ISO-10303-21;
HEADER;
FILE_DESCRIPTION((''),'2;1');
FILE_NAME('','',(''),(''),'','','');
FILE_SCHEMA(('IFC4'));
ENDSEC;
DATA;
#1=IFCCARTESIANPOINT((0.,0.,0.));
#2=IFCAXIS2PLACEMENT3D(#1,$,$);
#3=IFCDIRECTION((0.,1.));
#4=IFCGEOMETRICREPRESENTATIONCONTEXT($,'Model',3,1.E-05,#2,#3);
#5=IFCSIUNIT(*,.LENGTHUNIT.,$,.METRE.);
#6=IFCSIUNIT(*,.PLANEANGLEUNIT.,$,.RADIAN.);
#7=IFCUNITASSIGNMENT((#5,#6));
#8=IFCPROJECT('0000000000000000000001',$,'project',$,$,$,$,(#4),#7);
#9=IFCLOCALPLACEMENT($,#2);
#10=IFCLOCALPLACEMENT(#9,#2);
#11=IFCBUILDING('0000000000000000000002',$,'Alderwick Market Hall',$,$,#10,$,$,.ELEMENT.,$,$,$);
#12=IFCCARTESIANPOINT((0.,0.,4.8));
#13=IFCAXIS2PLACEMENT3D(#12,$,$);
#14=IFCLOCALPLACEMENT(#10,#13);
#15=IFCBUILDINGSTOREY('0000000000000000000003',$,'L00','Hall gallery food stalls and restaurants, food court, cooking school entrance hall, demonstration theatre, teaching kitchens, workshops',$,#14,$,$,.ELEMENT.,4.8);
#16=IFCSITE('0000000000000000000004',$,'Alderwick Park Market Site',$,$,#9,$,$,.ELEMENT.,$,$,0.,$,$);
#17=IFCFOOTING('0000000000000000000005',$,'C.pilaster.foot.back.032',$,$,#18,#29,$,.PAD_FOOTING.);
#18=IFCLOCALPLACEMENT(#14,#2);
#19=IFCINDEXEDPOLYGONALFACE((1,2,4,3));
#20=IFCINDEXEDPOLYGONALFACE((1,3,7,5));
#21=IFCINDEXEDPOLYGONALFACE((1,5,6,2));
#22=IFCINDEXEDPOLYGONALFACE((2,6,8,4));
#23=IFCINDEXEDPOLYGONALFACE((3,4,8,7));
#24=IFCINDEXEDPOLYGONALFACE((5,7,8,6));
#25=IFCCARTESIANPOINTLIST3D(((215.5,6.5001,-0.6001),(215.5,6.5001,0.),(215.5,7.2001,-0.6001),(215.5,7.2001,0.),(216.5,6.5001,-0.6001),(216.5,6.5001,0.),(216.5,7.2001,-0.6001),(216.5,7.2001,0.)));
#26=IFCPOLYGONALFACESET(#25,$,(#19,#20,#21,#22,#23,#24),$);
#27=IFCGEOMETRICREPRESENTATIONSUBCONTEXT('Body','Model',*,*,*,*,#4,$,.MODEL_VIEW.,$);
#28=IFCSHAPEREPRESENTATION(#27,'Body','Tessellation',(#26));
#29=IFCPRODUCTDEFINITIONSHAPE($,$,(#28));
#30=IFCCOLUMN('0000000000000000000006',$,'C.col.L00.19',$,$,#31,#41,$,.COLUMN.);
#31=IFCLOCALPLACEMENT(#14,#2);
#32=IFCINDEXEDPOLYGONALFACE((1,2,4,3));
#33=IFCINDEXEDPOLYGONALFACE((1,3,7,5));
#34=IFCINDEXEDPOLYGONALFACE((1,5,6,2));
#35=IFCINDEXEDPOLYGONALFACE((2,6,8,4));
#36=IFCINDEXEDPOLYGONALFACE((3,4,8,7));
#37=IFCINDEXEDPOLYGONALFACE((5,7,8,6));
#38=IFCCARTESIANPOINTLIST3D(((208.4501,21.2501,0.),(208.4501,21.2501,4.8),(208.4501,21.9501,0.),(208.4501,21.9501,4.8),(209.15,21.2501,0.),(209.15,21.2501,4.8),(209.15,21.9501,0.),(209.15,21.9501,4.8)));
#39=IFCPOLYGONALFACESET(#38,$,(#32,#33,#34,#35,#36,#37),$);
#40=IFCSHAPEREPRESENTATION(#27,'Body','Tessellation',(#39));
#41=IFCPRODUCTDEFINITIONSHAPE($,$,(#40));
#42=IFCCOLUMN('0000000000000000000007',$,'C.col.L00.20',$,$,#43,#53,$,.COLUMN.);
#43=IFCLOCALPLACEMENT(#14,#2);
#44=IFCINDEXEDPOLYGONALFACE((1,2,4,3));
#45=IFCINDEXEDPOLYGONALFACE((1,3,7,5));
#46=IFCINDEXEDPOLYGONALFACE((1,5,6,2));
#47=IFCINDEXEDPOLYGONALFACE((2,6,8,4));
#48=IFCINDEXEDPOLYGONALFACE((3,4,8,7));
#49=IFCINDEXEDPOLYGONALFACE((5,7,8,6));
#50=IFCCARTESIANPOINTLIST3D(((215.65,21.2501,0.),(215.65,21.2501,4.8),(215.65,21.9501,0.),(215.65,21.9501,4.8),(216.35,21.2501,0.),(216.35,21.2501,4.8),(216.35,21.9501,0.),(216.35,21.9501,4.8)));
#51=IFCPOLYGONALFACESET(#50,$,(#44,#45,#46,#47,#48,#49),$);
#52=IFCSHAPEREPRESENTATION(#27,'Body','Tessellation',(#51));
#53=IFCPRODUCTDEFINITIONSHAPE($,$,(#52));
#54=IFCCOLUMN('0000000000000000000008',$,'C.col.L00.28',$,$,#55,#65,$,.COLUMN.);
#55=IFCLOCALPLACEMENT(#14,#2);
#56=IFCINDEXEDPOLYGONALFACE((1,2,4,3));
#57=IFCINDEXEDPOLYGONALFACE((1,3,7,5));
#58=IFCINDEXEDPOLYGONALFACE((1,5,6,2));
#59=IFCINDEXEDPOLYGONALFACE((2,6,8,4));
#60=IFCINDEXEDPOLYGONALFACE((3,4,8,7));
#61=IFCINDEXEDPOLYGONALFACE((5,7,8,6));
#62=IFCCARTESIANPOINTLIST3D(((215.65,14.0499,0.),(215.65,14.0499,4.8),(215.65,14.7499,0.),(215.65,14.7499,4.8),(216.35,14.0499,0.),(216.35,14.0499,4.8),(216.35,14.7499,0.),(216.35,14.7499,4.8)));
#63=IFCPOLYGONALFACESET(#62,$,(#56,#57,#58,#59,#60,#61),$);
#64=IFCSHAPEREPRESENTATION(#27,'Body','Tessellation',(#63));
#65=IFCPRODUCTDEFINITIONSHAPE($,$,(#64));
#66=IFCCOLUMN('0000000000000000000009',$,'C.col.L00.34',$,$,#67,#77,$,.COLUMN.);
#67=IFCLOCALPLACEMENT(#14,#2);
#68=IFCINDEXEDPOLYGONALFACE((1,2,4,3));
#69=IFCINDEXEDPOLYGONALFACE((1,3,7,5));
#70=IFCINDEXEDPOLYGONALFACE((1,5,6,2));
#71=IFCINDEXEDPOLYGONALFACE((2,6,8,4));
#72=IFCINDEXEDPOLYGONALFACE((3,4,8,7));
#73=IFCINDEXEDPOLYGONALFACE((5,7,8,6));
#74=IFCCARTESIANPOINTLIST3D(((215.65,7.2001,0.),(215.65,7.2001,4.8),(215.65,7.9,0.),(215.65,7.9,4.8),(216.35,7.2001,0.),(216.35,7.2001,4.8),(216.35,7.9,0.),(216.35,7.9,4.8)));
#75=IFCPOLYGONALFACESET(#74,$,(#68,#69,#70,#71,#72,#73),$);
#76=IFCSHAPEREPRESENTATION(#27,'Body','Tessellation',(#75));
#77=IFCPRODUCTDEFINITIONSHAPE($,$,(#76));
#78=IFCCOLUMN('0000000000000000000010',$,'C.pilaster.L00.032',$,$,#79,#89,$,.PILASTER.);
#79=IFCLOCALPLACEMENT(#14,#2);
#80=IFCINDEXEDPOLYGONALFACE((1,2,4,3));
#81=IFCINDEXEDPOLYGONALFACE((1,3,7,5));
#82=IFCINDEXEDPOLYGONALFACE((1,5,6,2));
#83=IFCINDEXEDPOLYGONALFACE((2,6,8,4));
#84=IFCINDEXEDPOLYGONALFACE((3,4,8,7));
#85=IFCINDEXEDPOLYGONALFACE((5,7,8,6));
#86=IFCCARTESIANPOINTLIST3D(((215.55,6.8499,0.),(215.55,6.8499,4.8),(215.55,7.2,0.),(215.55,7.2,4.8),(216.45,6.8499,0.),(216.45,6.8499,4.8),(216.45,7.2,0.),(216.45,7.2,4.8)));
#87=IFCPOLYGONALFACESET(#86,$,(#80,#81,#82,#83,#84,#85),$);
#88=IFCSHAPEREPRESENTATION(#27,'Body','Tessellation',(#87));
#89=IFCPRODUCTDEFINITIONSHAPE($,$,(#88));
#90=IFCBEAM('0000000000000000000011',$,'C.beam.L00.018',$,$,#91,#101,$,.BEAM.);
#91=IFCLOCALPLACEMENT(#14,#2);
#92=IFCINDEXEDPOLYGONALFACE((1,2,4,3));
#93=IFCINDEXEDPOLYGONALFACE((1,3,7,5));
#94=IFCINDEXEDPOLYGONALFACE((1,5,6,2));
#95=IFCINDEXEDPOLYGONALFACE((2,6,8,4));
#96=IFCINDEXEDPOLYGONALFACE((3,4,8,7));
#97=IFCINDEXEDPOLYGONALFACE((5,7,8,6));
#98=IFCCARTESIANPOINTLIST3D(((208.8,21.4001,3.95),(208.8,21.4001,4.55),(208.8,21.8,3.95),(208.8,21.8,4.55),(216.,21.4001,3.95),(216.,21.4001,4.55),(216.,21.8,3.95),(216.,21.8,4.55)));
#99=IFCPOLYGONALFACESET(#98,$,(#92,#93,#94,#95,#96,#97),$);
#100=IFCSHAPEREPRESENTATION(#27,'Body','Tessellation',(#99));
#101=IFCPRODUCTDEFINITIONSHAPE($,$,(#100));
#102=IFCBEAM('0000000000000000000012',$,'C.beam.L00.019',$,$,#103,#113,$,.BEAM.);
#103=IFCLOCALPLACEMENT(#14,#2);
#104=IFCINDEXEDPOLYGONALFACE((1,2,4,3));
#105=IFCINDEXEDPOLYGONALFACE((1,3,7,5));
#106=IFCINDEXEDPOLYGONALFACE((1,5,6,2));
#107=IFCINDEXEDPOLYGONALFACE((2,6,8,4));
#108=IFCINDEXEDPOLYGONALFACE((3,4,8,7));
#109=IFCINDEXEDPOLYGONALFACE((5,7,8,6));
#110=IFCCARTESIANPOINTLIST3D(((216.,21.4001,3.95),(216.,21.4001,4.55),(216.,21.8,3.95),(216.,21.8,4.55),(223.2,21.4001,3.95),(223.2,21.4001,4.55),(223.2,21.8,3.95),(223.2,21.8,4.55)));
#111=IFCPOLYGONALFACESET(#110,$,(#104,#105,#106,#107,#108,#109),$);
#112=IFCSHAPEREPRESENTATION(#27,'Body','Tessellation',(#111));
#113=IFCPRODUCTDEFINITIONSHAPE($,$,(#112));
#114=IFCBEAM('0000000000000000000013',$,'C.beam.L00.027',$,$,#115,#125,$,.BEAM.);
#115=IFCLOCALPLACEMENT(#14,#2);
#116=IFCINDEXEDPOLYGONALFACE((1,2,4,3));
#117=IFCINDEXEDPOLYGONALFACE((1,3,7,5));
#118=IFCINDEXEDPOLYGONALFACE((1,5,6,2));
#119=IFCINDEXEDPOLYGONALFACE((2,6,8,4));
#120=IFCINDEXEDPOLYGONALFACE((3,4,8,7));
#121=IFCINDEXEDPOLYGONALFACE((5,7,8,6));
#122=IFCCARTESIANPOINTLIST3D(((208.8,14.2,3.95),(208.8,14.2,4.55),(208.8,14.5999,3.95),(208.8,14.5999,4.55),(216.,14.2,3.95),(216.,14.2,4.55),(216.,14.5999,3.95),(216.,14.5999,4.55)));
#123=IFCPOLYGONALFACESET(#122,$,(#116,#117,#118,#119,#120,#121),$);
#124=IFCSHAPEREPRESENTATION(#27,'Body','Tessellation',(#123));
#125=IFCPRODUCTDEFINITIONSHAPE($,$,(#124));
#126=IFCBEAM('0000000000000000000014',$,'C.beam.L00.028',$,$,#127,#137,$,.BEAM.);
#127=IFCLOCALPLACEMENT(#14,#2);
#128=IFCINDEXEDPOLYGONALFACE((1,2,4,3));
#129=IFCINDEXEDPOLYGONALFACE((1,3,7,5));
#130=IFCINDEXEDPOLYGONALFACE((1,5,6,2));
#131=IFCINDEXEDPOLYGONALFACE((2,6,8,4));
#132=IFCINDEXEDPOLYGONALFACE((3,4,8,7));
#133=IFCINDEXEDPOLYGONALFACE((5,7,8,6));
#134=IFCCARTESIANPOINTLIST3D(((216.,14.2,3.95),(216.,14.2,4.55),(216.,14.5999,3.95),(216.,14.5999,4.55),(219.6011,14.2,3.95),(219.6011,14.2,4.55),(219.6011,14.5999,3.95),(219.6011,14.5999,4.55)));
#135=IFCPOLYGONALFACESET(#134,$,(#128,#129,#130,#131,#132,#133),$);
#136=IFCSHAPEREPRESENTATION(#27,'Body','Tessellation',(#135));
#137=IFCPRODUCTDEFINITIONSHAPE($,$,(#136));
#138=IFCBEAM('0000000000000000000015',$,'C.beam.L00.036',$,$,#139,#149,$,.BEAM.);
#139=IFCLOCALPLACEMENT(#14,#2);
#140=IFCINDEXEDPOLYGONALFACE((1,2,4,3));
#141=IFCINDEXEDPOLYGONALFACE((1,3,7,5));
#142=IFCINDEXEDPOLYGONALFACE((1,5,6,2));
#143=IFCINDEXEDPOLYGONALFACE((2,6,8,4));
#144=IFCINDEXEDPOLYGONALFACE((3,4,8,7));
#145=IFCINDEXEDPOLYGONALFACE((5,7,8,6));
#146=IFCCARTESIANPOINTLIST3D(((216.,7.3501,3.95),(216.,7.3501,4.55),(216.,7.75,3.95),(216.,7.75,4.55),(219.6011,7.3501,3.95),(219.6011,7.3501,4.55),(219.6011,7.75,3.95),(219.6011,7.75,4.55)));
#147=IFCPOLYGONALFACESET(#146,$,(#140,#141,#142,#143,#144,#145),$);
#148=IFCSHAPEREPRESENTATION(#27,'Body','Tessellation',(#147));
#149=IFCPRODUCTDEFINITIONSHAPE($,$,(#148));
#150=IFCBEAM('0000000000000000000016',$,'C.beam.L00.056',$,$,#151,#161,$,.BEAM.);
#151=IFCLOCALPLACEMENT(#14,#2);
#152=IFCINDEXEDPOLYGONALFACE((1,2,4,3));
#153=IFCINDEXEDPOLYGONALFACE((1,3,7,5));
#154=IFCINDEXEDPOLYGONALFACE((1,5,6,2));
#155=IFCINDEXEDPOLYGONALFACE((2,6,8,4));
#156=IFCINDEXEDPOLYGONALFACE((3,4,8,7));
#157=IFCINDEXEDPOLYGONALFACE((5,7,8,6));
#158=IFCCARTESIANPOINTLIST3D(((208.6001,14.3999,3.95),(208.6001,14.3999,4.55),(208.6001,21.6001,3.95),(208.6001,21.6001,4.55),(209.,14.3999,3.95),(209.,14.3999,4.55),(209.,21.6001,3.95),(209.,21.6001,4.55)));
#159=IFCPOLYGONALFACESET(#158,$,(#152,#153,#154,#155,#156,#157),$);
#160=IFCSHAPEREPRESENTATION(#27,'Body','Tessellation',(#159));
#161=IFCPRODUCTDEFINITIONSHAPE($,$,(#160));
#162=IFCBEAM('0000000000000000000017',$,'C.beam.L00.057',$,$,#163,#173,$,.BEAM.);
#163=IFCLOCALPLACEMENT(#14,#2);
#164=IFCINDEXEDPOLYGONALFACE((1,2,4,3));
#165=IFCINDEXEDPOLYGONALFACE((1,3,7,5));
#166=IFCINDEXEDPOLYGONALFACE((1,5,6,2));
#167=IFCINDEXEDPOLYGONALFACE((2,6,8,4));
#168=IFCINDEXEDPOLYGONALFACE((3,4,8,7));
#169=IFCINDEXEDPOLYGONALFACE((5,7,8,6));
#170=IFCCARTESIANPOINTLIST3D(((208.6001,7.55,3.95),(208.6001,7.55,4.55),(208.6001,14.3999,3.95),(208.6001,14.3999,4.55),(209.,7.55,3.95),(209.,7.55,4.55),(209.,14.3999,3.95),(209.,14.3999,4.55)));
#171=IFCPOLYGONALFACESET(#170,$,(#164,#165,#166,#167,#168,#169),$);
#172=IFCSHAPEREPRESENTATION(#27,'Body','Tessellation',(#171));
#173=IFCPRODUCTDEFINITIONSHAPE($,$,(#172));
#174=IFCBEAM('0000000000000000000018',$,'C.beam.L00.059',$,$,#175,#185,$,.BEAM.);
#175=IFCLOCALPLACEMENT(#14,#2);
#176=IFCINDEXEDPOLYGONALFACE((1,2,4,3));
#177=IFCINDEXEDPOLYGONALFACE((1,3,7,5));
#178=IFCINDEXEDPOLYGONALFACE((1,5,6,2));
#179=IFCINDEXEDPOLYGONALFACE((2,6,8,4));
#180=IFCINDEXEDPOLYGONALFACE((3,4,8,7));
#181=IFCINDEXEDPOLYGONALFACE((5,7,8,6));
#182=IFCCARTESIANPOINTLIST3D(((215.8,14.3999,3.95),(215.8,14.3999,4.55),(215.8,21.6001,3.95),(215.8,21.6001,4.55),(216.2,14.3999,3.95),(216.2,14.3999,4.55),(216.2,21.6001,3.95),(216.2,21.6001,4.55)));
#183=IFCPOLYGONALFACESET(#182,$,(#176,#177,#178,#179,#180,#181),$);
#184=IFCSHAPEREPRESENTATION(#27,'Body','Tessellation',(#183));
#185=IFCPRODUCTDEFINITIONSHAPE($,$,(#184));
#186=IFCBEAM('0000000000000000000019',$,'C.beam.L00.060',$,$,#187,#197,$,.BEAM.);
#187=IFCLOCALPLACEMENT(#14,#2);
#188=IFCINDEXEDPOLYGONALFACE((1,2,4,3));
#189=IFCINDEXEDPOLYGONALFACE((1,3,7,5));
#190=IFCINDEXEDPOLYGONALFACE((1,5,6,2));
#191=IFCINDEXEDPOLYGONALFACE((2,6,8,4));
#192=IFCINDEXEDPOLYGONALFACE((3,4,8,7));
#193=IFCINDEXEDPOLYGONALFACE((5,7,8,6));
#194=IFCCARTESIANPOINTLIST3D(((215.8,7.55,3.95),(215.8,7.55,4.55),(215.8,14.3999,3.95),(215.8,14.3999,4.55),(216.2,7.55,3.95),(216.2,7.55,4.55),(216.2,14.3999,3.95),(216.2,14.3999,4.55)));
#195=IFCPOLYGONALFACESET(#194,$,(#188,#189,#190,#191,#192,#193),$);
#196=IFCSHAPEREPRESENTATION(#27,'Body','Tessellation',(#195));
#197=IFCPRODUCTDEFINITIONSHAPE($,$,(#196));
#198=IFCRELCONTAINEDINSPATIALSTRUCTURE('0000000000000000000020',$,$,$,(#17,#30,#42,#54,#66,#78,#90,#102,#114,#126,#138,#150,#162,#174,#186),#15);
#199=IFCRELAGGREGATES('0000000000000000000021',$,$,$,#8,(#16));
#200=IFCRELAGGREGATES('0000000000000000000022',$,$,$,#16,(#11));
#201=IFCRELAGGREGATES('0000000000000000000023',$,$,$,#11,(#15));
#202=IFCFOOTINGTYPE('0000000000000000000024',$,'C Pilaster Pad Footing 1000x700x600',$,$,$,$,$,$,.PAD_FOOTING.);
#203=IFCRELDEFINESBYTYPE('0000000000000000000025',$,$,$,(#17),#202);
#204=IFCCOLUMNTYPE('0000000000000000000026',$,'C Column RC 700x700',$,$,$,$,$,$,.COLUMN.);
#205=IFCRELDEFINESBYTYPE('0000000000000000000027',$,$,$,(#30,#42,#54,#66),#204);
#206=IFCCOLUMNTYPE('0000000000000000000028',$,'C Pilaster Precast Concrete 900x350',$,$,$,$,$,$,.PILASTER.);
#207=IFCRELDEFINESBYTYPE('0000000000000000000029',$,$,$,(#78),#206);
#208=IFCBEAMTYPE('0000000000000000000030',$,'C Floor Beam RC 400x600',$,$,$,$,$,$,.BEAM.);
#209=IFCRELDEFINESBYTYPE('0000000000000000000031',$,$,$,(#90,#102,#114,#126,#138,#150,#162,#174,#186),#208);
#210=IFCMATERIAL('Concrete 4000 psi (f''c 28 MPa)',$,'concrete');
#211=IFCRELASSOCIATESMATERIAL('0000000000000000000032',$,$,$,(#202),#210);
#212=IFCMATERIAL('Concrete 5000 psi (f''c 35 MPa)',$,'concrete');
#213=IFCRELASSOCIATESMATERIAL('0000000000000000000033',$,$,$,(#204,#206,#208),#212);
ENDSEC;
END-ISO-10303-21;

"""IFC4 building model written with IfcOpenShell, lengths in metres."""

from ifc_helpers import new_model, si_unit, direction, frame, origin, origin_2d, place, context, subcontext, project, spatial, rectangle, extrude, material, material_profile, profile_set, type_object, element, save


model = new_model("IFC4")

# Units and contexts
model_context = context("Model", 3, precision=1e-05, world=origin(), true_north=direction((0.0, 1.0)))
body_context = subcontext(model_context, "Body", "Model", "MODEL_VIEW")
ifc_project = project(units=[si_unit("LENGTHUNIT", "METRE"), si_unit("PLANEANGLEUNIT", "RADIAN")], contexts=[model_context])

# Site, building, storey
site_placement = place(None, origin())
site = spatial("IfcSite", under=ifc_project, at=site_placement, Name="Alderwick Park Market Site", CompositionType="ELEMENT", RefElevation=0.0)
building_placement = place(site_placement, origin())
building = spatial("IfcBuilding", under=site, at=building_placement, Name="Alderwick Market Hall", CompositionType="ELEMENT")
storey_placement = place(building_placement, frame((0.0, 0.0, 4.8)))
storey = spatial("IfcBuildingStorey", under=building, at=storey_placement, Name="L00", Description="Hall gallery food stalls and restaurants, food court, cooking school entrance hall, demonstration theatre, teaching kitchens, workshops", CompositionType="ELEMENT", Elevation=4.8)

# Footing
ifc_material_1 = material(Name="Concrete 4000 psi (f'c 28 MPa)", Category="concrete")
footing_type = type_object("IfcFootingType", Name="C Pilaster Pad Footing 1000x700x600", PredefinedType="PAD_FOOTING", material=ifc_material_1)
footing_placement = place(storey_placement, frame((216.0, 6.8501, -0.6001), z_axis=(0.0, 0.0, 1.0), x_axis=(1.0, 0.0, 0.0)))
element("IfcFooting", 1, at=footing_placement, inside=storey, type_object=footing_type, Name="C.pilaster.foot.back.032", PredefinedType="PAD_FOOTING", context=body_context, shape_type="SweptSolid", body=[
    extrude(rectangle(XDim=1.0, YDim=0.7, at=origin_2d()), origin(), (0.0, 0.0, 1.0), 0.6001),
])

# Columns
ifc_material_2 = material(Name="Concrete 5000 psi (f'c 35 MPa)", Category="concrete")
ifc_material_profile_1 = material_profile(ifc_material_2, rectangle(XDim=0.7, YDim=0.7, at=origin_2d()), Name="RC 700x700")
ifc_profile_set_1 = profile_set([ifc_material_profile_1], Name="Concrete 5000 psi (f'c 35 MPa)")
column_type_1 = type_object("IfcColumnType", Name="C Column RC 700x700", PredefinedType="COLUMN", material=ifc_profile_set_1)
for number, where, z_axis, x_axis, name in (
    (2, (208.8, 21.6001, 0.0), (0.0, 0.0, 1.0), (1.0, 0.0, 0.0), "C.col.L00.19"),
    (3, (216.0, 21.6001, 0.0), (0.0, 0.0, 1.0), (1.0, 0.0, 0.0), "C.col.L00.20"),
    (4, (216.0, 14.3999, 0.0), (0.0, 0.0, 1.0), (1.0, 0.0, 0.0), "C.col.L00.28"),
    (5, (216.0, 7.55, 0.0), (0.0, 0.0, 1.0), (1.0, 0.0, 0.0), "C.col.L00.34"),
):
    element("IfcColumn", number, at=place(storey_placement, frame(where, z_axis=z_axis, x_axis=x_axis)), inside=storey, type_object=column_type_1, Name=name, PredefinedType="COLUMN", context=body_context, shape_type="SweptSolid", body=[
        extrude(rectangle(XDim=0.7, YDim=0.7, at=origin_2d()), origin(), (0.0, 0.0, 1.0), 4.8),
    ])
ifc_material_profile_2 = material_profile(ifc_material_2, rectangle(XDim=0.8999, YDim=0.3501, at=origin_2d()), Name="PC 900x350")
ifc_profile_set_2 = profile_set([ifc_material_profile_2], Name="Concrete 5000 psi (f'c 35 MPa)")
column_type_2 = type_object("IfcColumnType", Name="C Pilaster Precast Concrete 900x350", PredefinedType="PILASTER", material=ifc_profile_set_2)
column_placement = place(storey_placement, frame((216.0, 7.0249, 0.0), z_axis=(0.0, 0.0, 1.0), x_axis=(1.0, 0.0, 0.0)))
element("IfcColumn", 6, at=column_placement, inside=storey, type_object=column_type_2, Name="C.pilaster.L00.032", PredefinedType="PILASTER", context=body_context, shape_type="SweptSolid", body=[
    extrude(rectangle(XDim=0.8999, YDim=0.3501, at=origin_2d()), origin(), (0.0, 0.0, 1.0), 4.8),
])

# Beams
ifc_material_profile_3 = material_profile(ifc_material_2, rectangle(XDim=0.3999, YDim=0.6001, at=origin_2d()), Name="RC 400x600")
ifc_profile_set_3 = profile_set([ifc_material_profile_3], Name="Concrete 5000 psi (f'c 35 MPa)")
beam_type = type_object("IfcBeamType", Name="C Floor Beam RC 400x600", PredefinedType="BEAM", material=ifc_profile_set_3)
for number, where, z_axis, x_axis, name in (
    (7, (208.8, 21.6001, 4.25), (1.0, 0.0, 0.0), (0.0, 1.0, 0.0), "C.beam.L00.018"),
    (8, (216.0, 21.6001, 4.25), (1.0, 0.0, 0.0), (0.0, 1.0, 0.0), "C.beam.L00.019"),
    (9, (208.8, 14.3999, 4.25), (1.0, 0.0, 0.0), (0.0, 1.0, 0.0), "C.beam.L00.027"),
):
    element("IfcBeam", number, at=place(storey_placement, frame(where, z_axis=z_axis, x_axis=x_axis)), inside=storey, type_object=beam_type, Name=name, PredefinedType="BEAM", context=body_context, shape_type="SweptSolid", body=[
        extrude(rectangle(XDim=0.3999, YDim=0.6001, at=origin_2d()), origin(), (0.0, 0.0, 1.0), 7.2),
    ])
for number, where, z_axis, x_axis, name in (
    (10, (216.0, 14.3999, 4.25), (1.0, 0.0, 0.0), (0.0, 1.0, 0.0), "C.beam.L00.028"),
    (11, (216.0, 7.55, 4.25), (1.0, 0.0, 0.0), (0.0, 1.0, 0.0), "C.beam.L00.036"),
):
    element("IfcBeam", number, at=place(storey_placement, frame(where, z_axis=z_axis, x_axis=x_axis)), inside=storey, type_object=beam_type, Name=name, PredefinedType="BEAM", context=body_context, shape_type="SweptSolid", body=[
        extrude(rectangle(XDim=0.3999, YDim=0.6001, at=origin_2d()), origin(), (0.0, 0.0, 1.0), 3.6011),
    ])
beam_1_placement = place(storey_placement, frame((208.8, 21.6001, 4.25), z_axis=(0.0, -1.0, 0.0), x_axis=(1.0, 0.0, 0.0)))
element("IfcBeam", 12, at=beam_1_placement, inside=storey, type_object=beam_type, Name="C.beam.L00.056", PredefinedType="BEAM", context=body_context, shape_type="SweptSolid", body=[
    extrude(rectangle(XDim=0.3999, YDim=0.6001, at=origin_2d()), origin(), (0.0, 0.0, 1.0), 7.2002),
])
beam_2_placement = place(storey_placement, frame((208.8, 14.3999, 4.25), z_axis=(0.0, -1.0, 0.0), x_axis=(1.0, 0.0, 0.0)))
element("IfcBeam", 13, at=beam_2_placement, inside=storey, type_object=beam_type, Name="C.beam.L00.057", PredefinedType="BEAM", context=body_context, shape_type="SweptSolid", body=[
    extrude(rectangle(XDim=0.3999, YDim=0.6001, at=origin_2d()), origin(), (0.0, 0.0, 1.0), 6.8499),
])
beam_3_placement = place(storey_placement, frame((216.0, 21.6001, 4.25), z_axis=(0.0, -1.0, 0.0), x_axis=(1.0, 0.0, 0.0)))
element("IfcBeam", 14, at=beam_3_placement, inside=storey, type_object=beam_type, Name="C.beam.L00.059", PredefinedType="BEAM", context=body_context, shape_type="SweptSolid", body=[
    extrude(rectangle(XDim=0.3999, YDim=0.6001, at=origin_2d()), origin(), (0.0, 0.0, 1.0), 7.2002),
])
beam_4_placement = place(storey_placement, frame((216.0, 14.3999, 4.25), z_axis=(0.0, -1.0, 0.0), x_axis=(1.0, 0.0, 0.0)))
element("IfcBeam", 15, at=beam_4_placement, inside=storey, type_object=beam_type, Name="C.beam.L00.060", PredefinedType="BEAM", context=body_context, shape_type="SweptSolid", body=[
    extrude(rectangle(XDim=0.3999, YDim=0.6001, at=origin_2d()), origin(), (0.0, 0.0, 1.0), 6.8499),
])

save(model, "model.ifc")
